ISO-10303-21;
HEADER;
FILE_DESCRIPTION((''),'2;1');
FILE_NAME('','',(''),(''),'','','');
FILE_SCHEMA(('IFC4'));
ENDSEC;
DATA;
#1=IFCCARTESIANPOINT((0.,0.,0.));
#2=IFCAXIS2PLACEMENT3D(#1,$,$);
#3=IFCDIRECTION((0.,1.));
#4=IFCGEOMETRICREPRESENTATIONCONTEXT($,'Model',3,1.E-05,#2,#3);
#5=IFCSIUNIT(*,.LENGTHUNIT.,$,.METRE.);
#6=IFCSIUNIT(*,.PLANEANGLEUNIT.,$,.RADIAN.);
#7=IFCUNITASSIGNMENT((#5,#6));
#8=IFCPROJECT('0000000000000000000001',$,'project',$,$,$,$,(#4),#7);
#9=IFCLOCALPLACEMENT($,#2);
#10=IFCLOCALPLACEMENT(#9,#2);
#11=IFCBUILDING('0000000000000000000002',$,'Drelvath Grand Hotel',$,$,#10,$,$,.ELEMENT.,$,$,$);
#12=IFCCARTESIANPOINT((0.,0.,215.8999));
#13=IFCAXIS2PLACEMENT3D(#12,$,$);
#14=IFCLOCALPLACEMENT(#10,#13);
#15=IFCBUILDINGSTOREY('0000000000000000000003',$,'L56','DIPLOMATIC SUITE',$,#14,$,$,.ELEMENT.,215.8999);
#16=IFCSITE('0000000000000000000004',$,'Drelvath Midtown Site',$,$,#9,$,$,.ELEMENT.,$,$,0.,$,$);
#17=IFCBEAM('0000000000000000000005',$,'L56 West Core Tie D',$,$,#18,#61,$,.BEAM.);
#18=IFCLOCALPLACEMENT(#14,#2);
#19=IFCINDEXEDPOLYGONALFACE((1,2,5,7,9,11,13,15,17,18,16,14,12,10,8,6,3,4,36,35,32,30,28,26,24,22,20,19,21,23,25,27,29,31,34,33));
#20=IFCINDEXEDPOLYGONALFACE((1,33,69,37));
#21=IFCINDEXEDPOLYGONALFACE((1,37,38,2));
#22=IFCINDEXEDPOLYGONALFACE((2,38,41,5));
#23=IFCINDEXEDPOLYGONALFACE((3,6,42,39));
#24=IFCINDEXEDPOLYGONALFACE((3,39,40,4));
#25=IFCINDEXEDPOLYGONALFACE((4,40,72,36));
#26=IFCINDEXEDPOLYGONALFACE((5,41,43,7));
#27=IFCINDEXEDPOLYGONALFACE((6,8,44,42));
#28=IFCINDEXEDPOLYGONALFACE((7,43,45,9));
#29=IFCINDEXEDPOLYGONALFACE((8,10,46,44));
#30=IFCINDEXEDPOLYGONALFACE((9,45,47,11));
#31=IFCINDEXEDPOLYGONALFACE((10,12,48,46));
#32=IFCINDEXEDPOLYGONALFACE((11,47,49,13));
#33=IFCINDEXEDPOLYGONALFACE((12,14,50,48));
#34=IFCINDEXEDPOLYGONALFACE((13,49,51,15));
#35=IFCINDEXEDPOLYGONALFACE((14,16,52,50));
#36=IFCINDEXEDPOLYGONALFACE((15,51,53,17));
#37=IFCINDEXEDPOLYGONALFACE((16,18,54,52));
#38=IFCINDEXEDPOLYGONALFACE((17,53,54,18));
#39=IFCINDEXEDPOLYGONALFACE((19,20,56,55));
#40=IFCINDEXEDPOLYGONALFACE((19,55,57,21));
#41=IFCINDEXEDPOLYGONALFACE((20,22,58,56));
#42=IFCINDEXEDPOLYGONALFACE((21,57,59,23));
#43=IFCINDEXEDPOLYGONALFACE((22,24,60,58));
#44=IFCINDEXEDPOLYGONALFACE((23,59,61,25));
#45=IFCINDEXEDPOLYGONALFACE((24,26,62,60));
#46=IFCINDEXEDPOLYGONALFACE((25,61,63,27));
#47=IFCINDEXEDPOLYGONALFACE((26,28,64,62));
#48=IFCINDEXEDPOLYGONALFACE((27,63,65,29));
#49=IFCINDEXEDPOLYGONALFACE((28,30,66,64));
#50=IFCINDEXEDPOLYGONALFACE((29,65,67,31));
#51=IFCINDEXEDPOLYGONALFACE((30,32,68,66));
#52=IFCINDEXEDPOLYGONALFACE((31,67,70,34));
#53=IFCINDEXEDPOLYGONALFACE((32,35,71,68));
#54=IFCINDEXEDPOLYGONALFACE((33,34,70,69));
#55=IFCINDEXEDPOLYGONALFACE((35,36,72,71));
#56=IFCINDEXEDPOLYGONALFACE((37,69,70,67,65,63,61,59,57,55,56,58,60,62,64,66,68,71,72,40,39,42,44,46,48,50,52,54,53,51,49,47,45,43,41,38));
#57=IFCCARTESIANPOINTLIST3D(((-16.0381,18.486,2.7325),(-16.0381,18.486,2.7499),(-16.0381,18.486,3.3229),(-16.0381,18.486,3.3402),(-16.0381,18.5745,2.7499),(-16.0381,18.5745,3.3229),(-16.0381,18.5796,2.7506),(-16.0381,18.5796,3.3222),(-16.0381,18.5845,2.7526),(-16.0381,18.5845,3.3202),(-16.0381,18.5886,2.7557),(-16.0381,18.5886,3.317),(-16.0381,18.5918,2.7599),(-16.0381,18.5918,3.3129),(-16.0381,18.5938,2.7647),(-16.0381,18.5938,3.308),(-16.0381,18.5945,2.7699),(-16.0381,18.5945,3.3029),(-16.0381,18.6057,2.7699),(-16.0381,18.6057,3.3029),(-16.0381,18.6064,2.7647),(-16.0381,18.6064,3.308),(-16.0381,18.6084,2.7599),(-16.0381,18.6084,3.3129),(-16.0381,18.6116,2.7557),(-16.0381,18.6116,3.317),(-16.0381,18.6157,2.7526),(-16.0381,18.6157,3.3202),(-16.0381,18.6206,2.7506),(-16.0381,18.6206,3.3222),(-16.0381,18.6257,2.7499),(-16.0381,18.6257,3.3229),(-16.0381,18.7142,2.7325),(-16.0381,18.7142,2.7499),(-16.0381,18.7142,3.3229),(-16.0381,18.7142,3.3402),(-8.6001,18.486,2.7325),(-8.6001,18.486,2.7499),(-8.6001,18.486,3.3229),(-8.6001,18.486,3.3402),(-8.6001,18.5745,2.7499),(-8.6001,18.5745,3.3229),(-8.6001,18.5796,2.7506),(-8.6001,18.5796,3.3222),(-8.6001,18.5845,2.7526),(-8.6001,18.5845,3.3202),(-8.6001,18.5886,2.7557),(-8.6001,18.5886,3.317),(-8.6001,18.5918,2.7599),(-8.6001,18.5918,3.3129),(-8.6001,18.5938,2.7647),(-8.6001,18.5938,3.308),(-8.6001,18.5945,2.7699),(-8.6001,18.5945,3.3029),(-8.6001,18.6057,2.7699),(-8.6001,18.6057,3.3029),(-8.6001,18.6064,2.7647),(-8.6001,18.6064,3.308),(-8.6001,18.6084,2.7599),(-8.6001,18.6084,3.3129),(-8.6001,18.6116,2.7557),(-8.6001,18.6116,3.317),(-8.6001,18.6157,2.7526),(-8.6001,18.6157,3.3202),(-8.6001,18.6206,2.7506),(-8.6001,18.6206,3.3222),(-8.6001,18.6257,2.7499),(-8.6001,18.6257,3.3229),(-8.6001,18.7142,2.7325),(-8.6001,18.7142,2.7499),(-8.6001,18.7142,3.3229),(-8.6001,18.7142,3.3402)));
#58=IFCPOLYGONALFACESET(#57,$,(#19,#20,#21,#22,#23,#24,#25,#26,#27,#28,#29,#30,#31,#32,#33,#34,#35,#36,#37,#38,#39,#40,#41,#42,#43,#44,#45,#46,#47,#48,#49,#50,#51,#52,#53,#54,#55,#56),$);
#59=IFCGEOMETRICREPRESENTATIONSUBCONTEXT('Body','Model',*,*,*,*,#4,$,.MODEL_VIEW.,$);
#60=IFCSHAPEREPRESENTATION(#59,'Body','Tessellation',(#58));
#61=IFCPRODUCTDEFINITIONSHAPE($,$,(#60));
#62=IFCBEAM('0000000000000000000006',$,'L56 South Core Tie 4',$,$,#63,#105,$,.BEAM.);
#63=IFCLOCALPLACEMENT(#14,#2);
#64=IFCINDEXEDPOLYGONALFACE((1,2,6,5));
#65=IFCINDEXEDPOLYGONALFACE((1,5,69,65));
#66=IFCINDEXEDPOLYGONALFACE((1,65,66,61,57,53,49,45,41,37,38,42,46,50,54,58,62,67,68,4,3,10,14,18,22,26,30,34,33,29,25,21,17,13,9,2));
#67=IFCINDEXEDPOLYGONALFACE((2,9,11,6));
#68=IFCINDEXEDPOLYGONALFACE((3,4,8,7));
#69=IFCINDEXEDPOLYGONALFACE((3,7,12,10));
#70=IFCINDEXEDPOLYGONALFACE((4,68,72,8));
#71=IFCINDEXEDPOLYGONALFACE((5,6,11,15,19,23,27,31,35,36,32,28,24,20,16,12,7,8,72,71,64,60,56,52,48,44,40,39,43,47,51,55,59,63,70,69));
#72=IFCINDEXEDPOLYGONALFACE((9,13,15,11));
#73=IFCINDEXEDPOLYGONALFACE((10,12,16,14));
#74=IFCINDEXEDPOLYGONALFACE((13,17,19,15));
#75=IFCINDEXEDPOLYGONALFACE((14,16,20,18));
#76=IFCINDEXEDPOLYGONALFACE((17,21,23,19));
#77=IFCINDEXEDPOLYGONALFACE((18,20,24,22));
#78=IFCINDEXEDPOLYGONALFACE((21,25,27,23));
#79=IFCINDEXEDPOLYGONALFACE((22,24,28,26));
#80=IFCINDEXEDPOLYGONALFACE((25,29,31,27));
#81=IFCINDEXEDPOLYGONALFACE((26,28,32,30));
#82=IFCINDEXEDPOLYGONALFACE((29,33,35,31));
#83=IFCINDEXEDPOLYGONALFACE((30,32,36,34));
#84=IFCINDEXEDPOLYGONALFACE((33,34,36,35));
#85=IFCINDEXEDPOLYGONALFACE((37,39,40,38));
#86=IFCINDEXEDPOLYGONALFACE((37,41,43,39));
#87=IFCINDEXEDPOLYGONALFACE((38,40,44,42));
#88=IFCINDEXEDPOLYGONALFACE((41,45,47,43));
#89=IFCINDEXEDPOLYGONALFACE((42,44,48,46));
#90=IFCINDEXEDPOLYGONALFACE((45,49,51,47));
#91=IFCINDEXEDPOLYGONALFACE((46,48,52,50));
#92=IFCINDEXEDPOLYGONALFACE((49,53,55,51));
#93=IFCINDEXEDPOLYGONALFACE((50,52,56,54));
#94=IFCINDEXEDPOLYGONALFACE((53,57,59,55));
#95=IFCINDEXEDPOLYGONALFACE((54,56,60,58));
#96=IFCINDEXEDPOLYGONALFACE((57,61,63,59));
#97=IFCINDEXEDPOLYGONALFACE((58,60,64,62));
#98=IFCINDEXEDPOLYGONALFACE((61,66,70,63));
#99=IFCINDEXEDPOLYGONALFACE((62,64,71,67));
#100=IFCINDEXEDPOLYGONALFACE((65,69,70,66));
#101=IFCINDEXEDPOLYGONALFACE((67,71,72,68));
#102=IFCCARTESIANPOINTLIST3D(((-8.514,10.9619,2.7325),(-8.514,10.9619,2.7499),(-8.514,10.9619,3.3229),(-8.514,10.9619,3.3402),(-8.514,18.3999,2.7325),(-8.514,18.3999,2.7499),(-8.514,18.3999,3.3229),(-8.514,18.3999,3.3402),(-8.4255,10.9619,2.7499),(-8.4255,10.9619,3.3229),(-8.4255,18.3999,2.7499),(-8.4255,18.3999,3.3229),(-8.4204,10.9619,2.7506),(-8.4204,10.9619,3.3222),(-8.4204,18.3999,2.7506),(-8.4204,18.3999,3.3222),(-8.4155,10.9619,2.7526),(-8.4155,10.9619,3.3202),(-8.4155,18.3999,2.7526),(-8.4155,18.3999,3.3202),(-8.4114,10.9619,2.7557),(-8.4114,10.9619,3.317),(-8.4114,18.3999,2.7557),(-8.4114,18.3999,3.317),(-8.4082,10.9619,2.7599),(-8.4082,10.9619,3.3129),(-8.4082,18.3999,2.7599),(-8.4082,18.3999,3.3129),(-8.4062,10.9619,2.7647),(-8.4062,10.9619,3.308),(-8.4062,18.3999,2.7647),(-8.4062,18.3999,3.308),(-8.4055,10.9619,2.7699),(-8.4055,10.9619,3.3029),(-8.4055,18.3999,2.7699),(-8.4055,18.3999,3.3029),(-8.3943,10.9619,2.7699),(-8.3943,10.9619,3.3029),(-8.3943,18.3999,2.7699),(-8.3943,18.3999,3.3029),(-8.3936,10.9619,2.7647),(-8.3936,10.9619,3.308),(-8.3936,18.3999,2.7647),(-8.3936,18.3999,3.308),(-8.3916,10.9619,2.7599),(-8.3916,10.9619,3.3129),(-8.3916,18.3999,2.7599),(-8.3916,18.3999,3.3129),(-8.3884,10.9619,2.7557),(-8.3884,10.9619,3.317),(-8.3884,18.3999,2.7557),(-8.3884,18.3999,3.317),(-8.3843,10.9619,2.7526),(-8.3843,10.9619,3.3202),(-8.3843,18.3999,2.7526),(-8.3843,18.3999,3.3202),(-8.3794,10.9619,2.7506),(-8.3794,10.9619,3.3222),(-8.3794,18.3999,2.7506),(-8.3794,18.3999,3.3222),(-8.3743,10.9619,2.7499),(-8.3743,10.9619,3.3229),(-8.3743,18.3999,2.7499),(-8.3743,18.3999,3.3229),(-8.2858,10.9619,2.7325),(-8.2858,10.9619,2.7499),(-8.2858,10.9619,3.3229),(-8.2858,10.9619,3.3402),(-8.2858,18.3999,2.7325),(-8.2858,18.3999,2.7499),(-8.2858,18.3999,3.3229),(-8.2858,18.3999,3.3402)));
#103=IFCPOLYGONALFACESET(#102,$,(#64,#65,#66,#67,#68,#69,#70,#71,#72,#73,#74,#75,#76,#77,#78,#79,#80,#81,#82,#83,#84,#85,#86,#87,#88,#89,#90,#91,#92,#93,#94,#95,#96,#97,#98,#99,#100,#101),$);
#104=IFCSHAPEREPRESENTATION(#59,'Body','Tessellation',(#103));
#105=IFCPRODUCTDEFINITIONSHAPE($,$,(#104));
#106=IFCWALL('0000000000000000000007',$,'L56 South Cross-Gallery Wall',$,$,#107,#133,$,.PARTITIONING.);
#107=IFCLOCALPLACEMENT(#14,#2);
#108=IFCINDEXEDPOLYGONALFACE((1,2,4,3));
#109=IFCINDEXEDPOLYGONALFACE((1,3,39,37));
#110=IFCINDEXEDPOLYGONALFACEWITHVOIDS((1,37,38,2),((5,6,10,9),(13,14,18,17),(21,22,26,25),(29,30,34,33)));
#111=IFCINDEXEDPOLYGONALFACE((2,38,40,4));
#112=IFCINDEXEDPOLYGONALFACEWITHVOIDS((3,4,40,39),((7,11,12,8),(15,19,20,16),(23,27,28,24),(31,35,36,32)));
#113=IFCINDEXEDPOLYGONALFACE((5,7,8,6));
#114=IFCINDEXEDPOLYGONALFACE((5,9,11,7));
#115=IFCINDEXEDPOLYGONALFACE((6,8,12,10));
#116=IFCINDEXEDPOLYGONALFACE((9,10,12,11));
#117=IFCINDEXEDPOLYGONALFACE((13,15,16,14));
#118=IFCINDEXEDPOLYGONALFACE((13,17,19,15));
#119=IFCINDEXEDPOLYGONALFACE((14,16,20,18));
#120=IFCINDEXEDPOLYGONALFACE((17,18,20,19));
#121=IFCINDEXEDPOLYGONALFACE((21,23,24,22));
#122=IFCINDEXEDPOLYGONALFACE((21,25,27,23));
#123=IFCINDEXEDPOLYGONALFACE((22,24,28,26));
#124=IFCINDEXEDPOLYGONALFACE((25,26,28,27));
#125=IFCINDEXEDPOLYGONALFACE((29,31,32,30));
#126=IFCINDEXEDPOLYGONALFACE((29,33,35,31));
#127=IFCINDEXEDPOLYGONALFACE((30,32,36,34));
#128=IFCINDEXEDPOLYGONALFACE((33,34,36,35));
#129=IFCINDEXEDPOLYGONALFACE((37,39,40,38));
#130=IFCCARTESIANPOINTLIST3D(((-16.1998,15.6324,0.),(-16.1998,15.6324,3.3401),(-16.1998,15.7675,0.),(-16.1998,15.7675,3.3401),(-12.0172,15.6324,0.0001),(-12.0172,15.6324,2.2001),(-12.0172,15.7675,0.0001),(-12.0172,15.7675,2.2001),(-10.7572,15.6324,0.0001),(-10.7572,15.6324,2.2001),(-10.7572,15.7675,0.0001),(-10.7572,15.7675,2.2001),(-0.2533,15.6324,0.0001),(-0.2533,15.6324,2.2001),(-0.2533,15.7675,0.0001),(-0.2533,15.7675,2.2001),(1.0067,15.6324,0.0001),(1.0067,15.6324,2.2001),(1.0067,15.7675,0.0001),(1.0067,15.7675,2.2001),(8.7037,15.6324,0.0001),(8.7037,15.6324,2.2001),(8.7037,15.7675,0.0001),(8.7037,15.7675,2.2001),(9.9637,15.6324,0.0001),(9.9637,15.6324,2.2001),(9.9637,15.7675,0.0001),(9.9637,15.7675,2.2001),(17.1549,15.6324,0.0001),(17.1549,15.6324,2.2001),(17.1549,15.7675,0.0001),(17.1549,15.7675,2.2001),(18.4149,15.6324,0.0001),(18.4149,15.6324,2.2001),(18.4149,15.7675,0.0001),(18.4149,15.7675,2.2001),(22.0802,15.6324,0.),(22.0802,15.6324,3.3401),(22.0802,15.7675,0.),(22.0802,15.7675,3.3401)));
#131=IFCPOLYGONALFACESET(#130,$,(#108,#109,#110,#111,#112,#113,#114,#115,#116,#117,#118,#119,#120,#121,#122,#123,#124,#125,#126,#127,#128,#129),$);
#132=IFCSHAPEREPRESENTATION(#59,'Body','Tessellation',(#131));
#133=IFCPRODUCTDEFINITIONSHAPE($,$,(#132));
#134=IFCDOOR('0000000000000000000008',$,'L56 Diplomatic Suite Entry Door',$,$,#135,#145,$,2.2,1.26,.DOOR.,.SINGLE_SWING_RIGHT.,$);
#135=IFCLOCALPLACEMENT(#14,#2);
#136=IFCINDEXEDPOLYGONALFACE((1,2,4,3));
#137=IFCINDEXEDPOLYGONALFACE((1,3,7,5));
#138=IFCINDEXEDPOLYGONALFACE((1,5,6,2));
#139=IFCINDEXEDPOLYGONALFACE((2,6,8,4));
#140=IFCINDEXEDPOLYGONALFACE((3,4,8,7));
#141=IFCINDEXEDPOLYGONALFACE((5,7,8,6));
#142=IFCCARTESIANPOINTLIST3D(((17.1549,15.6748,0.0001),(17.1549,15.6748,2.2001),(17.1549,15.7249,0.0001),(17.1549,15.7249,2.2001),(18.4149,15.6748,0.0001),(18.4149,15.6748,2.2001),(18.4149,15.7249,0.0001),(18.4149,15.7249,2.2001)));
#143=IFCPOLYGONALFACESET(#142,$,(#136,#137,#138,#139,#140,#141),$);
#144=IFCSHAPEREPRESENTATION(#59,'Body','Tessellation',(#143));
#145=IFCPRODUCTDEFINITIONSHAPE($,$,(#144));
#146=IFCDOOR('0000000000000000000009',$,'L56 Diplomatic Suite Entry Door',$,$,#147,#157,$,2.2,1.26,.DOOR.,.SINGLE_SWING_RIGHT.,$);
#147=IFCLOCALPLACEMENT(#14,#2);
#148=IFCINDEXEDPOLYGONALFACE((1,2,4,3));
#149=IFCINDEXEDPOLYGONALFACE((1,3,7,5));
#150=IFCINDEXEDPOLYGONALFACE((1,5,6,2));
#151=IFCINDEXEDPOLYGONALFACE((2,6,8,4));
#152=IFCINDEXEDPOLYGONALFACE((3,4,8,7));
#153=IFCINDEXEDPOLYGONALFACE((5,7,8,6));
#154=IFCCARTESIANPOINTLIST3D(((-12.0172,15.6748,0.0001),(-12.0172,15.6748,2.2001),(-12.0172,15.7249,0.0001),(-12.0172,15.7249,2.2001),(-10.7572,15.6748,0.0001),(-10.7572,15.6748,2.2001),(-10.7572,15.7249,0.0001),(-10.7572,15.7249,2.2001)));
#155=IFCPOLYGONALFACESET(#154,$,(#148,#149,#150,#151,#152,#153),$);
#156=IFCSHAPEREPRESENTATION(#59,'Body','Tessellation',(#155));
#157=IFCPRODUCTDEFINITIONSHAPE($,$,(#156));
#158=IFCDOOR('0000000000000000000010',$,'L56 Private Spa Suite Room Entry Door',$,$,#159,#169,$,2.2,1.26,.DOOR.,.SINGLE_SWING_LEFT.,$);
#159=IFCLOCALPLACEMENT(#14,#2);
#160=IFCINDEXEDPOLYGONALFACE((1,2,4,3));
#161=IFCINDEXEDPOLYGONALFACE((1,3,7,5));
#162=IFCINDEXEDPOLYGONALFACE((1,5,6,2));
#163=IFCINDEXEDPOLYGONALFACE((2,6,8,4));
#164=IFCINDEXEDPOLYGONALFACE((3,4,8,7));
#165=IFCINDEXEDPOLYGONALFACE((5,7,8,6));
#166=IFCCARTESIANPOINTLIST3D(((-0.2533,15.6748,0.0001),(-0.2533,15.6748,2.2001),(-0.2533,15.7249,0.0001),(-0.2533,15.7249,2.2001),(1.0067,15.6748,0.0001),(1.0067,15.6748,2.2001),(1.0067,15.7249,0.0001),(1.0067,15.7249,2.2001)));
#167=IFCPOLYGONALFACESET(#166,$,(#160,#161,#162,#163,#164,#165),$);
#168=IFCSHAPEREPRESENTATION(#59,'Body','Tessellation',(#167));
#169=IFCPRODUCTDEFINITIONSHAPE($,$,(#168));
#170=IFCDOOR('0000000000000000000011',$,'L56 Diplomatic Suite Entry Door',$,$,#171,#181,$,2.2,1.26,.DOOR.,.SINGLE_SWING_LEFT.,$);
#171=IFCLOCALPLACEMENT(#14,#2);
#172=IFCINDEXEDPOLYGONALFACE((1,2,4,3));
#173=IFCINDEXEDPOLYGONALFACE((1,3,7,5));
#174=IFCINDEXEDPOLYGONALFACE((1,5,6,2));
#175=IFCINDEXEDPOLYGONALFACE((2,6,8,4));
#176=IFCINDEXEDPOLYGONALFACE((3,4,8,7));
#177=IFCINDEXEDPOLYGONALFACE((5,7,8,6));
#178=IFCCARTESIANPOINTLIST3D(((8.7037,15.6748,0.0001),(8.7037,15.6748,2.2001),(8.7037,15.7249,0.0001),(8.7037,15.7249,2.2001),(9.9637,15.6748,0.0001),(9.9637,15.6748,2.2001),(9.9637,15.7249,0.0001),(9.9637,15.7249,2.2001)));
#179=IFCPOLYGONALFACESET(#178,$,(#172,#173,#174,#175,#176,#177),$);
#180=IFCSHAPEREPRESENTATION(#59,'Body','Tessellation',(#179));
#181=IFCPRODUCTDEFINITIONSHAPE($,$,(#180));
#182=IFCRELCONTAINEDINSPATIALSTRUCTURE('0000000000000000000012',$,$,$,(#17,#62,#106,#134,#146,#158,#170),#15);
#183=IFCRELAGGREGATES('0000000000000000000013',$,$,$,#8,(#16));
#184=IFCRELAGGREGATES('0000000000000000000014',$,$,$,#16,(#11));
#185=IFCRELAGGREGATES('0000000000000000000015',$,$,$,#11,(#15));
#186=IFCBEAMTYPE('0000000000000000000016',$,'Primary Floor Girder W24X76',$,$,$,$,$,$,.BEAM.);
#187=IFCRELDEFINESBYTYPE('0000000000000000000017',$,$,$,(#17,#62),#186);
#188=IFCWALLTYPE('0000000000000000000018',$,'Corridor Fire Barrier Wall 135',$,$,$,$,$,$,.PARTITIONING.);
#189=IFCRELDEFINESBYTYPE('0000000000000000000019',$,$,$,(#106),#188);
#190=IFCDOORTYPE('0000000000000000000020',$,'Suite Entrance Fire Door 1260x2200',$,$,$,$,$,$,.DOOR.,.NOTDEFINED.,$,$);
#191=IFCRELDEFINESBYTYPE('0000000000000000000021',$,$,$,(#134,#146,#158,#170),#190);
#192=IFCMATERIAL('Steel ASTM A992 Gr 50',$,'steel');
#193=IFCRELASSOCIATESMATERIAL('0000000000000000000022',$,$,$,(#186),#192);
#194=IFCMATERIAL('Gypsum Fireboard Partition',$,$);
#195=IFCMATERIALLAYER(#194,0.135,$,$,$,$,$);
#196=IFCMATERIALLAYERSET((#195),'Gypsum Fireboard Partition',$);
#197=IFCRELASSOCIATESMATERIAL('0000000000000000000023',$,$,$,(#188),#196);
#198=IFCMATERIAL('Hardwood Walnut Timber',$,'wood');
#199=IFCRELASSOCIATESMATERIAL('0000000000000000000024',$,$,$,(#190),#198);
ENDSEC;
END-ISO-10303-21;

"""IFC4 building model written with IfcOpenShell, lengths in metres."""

from ifc_helpers import new_model, si_unit, direction, frame, frame_2d, origin, origin_2d, place, context, subcontext, project, spatial, rectangle, i_section, extrude, material, layer, layer_set, material_profile, profile_set, type_object, element, fill, save


model = new_model("IFC4")

# Units and contexts
model_context = context("Model", 3, precision=1e-05, world=origin(), true_north=direction((0.0, 1.0)))
body_context = subcontext(model_context, "Body", "Model", "MODEL_VIEW")
ifc_project = project(units=[si_unit("LENGTHUNIT", "METRE"), si_unit("PLANEANGLEUNIT", "RADIAN")], contexts=[model_context])

# Site, building, storey
site_placement = place(None, origin())
site = spatial("IfcSite", under=ifc_project, at=site_placement, Name="Drelvath Midtown Site", CompositionType="ELEMENT", RefElevation=0.0)
building_placement = place(site_placement, origin())
building = spatial("IfcBuilding", under=site, at=building_placement, Name="Drelvath Grand Hotel", CompositionType="ELEMENT")
storey_placement = place(building_placement, frame((0.0, 0.0, 215.8999)))
storey = spatial("IfcBuildingStorey", under=building, at=storey_placement, Name="L56", Description="DIPLOMATIC SUITE", CompositionType="ELEMENT", Elevation=215.8999)

# Beams
ifc_material_1 = material(Name="Steel ASTM A992 Gr 50", Category="steel")
ifc_material_profile = material_profile(ifc_material_1, i_section(OverallWidth=0.2283, OverallDepth=0.6077, WebThickness=0.0112, FlangeThickness=0.0173, FilletRadius=0.02, at=origin_2d()), Name="W24X76")
ifc_profile_set = profile_set([ifc_material_profile], Name="Steel ASTM A992 Gr 50")
beam_type = type_object("IfcBeamType", Name="Primary Floor Girder W24X76", PredefinedType="BEAM", material=ifc_profile_set)
for number, where, z_axis, x_axis, name in (
    (1, (-16.0381, 18.6001, 3.0364), (1.0, 0.0, 0.0), (0.0, 1.0, 0.0), "L56 West Core Tie D"),
    (2, (-8.3999, 10.9619, 3.0364), (0.0, 1.0, 0.0), (-1.0, 0.0, 0.0), "L56 South Core Tie 4"),
):
    element("IfcBeam", number, at=place(storey_placement, frame(where, z_axis=z_axis, x_axis=x_axis)), inside=storey, type_object=beam_type, Name=name, PredefinedType="BEAM", context=body_context, shape_type="SweptSolid", body=[
        extrude(i_section(OverallWidth=0.2283, OverallDepth=0.6077, WebThickness=0.0112, FlangeThickness=0.0173, FilletRadius=0.02, at=origin_2d()), origin(), (0.0, 0.0, 1.0), 7.438),
    ])

# Wall, openings, doors
ifc_material_2 = material(Name="Gypsum Fireboard Partition")
ifc_layer_1 = layer(ifc_material_2, 0.135)
ifc_layer_set_1 = layer_set([ifc_layer_1], Name="Gypsum Fireboard Partition")
wall_type_1 = type_object("IfcWallType", Name="Corridor Fire Barrier Wall 135", PredefinedType="PARTITIONING", material=ifc_layer_set_1)
wall_1_placement = place(storey_placement, frame((-16.2, 15.7, 0.0), z_axis=(0.0, 0.0, 1.0), x_axis=(1.0, 0.0, 0.0)))
wall_1 = element("IfcWall", 3, at=wall_1_placement, inside=storey, type_object=wall_type_1, Name="L56 South Cross-Gallery Wall", PredefinedType="PARTITIONING", context=body_context, shape_type="SweptSolid", body=[
    extrude(rectangle(XDim=38.28, YDim=0.135, at=frame_2d((19.1401, 0.0))), origin(), (0.0, 0.0, 1.0), 3.3401),
])
opening_1_placement = place(wall_1_placement, frame((33.355, 0.0, 0.0)))
opening_1 = element("IfcOpeningElement", 4, at=opening_1_placement, cuts=wall_1, PredefinedType="OPENING", context=body_context, shape_type="SweptSolid", body=[
    extrude(rectangle(XDim=1.26, YDim=2.2, at=frame_2d((0.6299, 1.1001))), frame((0.0, 0.0774, 0.0), z_axis=(0.0, -1.0, 0.0), x_axis=(1.0, 0.0, 0.0)), (0.0, 0.0, 1.0), 0.155),
])
opening_2_placement = place(wall_1_placement, frame((4.1829, 0.0, 0.0)))
opening_2 = element("IfcOpeningElement", 5, at=opening_2_placement, cuts=wall_1, PredefinedType="OPENING", context=body_context, shape_type="SweptSolid", body=[
    extrude(rectangle(XDim=1.26, YDim=2.2, at=frame_2d((0.6299, 1.1001))), frame((0.0, 0.0774, 0.0), z_axis=(0.0, -1.0, 0.0), x_axis=(1.0, 0.0, 0.0)), (0.0, 0.0, 1.0), 0.155),
])
opening_3_placement = place(wall_1_placement, frame((15.9468, 0.0, 0.0)))
opening_3 = element("IfcOpeningElement", 6, at=opening_3_placement, cuts=wall_1, PredefinedType="OPENING", context=body_context, shape_type="SweptSolid", body=[
    extrude(rectangle(XDim=1.26, YDim=2.2, at=frame_2d((0.6299, 1.1001))), frame((0.0, 0.0774, 0.0), z_axis=(0.0, -1.0, 0.0), x_axis=(1.0, 0.0, 0.0)), (0.0, 0.0, 1.0), 0.155),
])
opening_4_placement = place(wall_1_placement, frame((24.9038, 0.0, 0.0)))
opening_4 = element("IfcOpeningElement", 7, at=opening_4_placement, cuts=wall_1, PredefinedType="OPENING", context=body_context, shape_type="SweptSolid", body=[
    extrude(rectangle(XDim=1.26, YDim=2.2, at=frame_2d((0.6299, 1.1001))), frame((0.0, 0.0774, 0.0), z_axis=(0.0, -1.0, 0.0), x_axis=(1.0, 0.0, 0.0)), (0.0, 0.0, 1.0), 0.155),
])
ifc_material_3 = material(Name="Hardwood Walnut Timber", Category="wood")
door_type_1 = type_object("IfcDoorType", Name="Suite Entrance Fire Door 1260x2200", OperationType="NOTDEFINED", PredefinedType="DOOR", material=ifc_material_3)
door_1_placement = place(opening_1_placement, origin())
door_1 = element("IfcDoor", 8, at=door_1_placement, inside=storey, type_object=door_type_1, Name="L56 Diplomatic Suite Entry Door", OperationType="SINGLE_SWING_RIGHT", OverallHeight=2.2, OverallWidth=1.26, PredefinedType="DOOR", context=body_context, shape_type="SweptSolid", body=[
    extrude(rectangle(XDim=1.26, YDim=2.2, at=frame_2d((0.6299, 1.1001))), frame((0.0, 0.0249, 0.0), z_axis=(0.0, -1.0, 0.0), x_axis=(1.0, 0.0, 0.0)), (0.0, 0.0, 1.0), 0.05),
])
fill(opening_1, door_1)
door_2_placement = place(opening_2_placement, origin())
door_2 = element("IfcDoor", 9, at=door_2_placement, inside=storey, type_object=door_type_1, Name="L56 Diplomatic Suite Entry Door", OperationType="SINGLE_SWING_RIGHT", OverallHeight=2.2, OverallWidth=1.26, PredefinedType="DOOR", context=body_context, shape_type="SweptSolid", body=[
    extrude(rectangle(XDim=1.26, YDim=2.2, at=frame_2d((0.6299, 1.1001))), frame((0.0, 0.0249, 0.0), z_axis=(0.0, -1.0, 0.0), x_axis=(1.0, 0.0, 0.0)), (0.0, 0.0, 1.0), 0.05),
])
fill(opening_2, door_2)
door_3_placement = place(opening_3_placement, origin())
door_3 = element("IfcDoor", 10, at=door_3_placement, inside=storey, type_object=door_type_1, Name="L56 Private Spa Suite Room Entry Door", OperationType="SINGLE_SWING_LEFT", OverallHeight=2.2, OverallWidth=1.26, PredefinedType="DOOR", context=body_context, shape_type="SweptSolid", body=[
    extrude(rectangle(XDim=1.26, YDim=2.2, at=frame_2d((0.6299, 1.1001))), frame((0.0, 0.0249, 0.0), z_axis=(0.0, -1.0, 0.0), x_axis=(1.0, 0.0, 0.0)), (0.0, 0.0, 1.0), 0.05),
])
fill(opening_3, door_3)
door_4_placement = place(opening_4_placement, origin())
door_4 = element("IfcDoor", 11, at=door_4_placement, inside=storey, type_object=door_type_1, Name="L56 Diplomatic Suite Entry Door", OperationType="SINGLE_SWING_LEFT", OverallHeight=2.2, OverallWidth=1.26, PredefinedType="DOOR", context=body_context, shape_type="SweptSolid", body=[
    extrude(rectangle(XDim=1.26, YDim=2.2, at=frame_2d((0.6299, 1.1001))), frame((0.0, 0.0249, 0.0), z_axis=(0.0, -1.0, 0.0), x_axis=(1.0, 0.0, 0.0)), (0.0, 0.0, 1.0), 0.05),
])
fill(opening_4, door_4)

save(model, "model.ifc")
